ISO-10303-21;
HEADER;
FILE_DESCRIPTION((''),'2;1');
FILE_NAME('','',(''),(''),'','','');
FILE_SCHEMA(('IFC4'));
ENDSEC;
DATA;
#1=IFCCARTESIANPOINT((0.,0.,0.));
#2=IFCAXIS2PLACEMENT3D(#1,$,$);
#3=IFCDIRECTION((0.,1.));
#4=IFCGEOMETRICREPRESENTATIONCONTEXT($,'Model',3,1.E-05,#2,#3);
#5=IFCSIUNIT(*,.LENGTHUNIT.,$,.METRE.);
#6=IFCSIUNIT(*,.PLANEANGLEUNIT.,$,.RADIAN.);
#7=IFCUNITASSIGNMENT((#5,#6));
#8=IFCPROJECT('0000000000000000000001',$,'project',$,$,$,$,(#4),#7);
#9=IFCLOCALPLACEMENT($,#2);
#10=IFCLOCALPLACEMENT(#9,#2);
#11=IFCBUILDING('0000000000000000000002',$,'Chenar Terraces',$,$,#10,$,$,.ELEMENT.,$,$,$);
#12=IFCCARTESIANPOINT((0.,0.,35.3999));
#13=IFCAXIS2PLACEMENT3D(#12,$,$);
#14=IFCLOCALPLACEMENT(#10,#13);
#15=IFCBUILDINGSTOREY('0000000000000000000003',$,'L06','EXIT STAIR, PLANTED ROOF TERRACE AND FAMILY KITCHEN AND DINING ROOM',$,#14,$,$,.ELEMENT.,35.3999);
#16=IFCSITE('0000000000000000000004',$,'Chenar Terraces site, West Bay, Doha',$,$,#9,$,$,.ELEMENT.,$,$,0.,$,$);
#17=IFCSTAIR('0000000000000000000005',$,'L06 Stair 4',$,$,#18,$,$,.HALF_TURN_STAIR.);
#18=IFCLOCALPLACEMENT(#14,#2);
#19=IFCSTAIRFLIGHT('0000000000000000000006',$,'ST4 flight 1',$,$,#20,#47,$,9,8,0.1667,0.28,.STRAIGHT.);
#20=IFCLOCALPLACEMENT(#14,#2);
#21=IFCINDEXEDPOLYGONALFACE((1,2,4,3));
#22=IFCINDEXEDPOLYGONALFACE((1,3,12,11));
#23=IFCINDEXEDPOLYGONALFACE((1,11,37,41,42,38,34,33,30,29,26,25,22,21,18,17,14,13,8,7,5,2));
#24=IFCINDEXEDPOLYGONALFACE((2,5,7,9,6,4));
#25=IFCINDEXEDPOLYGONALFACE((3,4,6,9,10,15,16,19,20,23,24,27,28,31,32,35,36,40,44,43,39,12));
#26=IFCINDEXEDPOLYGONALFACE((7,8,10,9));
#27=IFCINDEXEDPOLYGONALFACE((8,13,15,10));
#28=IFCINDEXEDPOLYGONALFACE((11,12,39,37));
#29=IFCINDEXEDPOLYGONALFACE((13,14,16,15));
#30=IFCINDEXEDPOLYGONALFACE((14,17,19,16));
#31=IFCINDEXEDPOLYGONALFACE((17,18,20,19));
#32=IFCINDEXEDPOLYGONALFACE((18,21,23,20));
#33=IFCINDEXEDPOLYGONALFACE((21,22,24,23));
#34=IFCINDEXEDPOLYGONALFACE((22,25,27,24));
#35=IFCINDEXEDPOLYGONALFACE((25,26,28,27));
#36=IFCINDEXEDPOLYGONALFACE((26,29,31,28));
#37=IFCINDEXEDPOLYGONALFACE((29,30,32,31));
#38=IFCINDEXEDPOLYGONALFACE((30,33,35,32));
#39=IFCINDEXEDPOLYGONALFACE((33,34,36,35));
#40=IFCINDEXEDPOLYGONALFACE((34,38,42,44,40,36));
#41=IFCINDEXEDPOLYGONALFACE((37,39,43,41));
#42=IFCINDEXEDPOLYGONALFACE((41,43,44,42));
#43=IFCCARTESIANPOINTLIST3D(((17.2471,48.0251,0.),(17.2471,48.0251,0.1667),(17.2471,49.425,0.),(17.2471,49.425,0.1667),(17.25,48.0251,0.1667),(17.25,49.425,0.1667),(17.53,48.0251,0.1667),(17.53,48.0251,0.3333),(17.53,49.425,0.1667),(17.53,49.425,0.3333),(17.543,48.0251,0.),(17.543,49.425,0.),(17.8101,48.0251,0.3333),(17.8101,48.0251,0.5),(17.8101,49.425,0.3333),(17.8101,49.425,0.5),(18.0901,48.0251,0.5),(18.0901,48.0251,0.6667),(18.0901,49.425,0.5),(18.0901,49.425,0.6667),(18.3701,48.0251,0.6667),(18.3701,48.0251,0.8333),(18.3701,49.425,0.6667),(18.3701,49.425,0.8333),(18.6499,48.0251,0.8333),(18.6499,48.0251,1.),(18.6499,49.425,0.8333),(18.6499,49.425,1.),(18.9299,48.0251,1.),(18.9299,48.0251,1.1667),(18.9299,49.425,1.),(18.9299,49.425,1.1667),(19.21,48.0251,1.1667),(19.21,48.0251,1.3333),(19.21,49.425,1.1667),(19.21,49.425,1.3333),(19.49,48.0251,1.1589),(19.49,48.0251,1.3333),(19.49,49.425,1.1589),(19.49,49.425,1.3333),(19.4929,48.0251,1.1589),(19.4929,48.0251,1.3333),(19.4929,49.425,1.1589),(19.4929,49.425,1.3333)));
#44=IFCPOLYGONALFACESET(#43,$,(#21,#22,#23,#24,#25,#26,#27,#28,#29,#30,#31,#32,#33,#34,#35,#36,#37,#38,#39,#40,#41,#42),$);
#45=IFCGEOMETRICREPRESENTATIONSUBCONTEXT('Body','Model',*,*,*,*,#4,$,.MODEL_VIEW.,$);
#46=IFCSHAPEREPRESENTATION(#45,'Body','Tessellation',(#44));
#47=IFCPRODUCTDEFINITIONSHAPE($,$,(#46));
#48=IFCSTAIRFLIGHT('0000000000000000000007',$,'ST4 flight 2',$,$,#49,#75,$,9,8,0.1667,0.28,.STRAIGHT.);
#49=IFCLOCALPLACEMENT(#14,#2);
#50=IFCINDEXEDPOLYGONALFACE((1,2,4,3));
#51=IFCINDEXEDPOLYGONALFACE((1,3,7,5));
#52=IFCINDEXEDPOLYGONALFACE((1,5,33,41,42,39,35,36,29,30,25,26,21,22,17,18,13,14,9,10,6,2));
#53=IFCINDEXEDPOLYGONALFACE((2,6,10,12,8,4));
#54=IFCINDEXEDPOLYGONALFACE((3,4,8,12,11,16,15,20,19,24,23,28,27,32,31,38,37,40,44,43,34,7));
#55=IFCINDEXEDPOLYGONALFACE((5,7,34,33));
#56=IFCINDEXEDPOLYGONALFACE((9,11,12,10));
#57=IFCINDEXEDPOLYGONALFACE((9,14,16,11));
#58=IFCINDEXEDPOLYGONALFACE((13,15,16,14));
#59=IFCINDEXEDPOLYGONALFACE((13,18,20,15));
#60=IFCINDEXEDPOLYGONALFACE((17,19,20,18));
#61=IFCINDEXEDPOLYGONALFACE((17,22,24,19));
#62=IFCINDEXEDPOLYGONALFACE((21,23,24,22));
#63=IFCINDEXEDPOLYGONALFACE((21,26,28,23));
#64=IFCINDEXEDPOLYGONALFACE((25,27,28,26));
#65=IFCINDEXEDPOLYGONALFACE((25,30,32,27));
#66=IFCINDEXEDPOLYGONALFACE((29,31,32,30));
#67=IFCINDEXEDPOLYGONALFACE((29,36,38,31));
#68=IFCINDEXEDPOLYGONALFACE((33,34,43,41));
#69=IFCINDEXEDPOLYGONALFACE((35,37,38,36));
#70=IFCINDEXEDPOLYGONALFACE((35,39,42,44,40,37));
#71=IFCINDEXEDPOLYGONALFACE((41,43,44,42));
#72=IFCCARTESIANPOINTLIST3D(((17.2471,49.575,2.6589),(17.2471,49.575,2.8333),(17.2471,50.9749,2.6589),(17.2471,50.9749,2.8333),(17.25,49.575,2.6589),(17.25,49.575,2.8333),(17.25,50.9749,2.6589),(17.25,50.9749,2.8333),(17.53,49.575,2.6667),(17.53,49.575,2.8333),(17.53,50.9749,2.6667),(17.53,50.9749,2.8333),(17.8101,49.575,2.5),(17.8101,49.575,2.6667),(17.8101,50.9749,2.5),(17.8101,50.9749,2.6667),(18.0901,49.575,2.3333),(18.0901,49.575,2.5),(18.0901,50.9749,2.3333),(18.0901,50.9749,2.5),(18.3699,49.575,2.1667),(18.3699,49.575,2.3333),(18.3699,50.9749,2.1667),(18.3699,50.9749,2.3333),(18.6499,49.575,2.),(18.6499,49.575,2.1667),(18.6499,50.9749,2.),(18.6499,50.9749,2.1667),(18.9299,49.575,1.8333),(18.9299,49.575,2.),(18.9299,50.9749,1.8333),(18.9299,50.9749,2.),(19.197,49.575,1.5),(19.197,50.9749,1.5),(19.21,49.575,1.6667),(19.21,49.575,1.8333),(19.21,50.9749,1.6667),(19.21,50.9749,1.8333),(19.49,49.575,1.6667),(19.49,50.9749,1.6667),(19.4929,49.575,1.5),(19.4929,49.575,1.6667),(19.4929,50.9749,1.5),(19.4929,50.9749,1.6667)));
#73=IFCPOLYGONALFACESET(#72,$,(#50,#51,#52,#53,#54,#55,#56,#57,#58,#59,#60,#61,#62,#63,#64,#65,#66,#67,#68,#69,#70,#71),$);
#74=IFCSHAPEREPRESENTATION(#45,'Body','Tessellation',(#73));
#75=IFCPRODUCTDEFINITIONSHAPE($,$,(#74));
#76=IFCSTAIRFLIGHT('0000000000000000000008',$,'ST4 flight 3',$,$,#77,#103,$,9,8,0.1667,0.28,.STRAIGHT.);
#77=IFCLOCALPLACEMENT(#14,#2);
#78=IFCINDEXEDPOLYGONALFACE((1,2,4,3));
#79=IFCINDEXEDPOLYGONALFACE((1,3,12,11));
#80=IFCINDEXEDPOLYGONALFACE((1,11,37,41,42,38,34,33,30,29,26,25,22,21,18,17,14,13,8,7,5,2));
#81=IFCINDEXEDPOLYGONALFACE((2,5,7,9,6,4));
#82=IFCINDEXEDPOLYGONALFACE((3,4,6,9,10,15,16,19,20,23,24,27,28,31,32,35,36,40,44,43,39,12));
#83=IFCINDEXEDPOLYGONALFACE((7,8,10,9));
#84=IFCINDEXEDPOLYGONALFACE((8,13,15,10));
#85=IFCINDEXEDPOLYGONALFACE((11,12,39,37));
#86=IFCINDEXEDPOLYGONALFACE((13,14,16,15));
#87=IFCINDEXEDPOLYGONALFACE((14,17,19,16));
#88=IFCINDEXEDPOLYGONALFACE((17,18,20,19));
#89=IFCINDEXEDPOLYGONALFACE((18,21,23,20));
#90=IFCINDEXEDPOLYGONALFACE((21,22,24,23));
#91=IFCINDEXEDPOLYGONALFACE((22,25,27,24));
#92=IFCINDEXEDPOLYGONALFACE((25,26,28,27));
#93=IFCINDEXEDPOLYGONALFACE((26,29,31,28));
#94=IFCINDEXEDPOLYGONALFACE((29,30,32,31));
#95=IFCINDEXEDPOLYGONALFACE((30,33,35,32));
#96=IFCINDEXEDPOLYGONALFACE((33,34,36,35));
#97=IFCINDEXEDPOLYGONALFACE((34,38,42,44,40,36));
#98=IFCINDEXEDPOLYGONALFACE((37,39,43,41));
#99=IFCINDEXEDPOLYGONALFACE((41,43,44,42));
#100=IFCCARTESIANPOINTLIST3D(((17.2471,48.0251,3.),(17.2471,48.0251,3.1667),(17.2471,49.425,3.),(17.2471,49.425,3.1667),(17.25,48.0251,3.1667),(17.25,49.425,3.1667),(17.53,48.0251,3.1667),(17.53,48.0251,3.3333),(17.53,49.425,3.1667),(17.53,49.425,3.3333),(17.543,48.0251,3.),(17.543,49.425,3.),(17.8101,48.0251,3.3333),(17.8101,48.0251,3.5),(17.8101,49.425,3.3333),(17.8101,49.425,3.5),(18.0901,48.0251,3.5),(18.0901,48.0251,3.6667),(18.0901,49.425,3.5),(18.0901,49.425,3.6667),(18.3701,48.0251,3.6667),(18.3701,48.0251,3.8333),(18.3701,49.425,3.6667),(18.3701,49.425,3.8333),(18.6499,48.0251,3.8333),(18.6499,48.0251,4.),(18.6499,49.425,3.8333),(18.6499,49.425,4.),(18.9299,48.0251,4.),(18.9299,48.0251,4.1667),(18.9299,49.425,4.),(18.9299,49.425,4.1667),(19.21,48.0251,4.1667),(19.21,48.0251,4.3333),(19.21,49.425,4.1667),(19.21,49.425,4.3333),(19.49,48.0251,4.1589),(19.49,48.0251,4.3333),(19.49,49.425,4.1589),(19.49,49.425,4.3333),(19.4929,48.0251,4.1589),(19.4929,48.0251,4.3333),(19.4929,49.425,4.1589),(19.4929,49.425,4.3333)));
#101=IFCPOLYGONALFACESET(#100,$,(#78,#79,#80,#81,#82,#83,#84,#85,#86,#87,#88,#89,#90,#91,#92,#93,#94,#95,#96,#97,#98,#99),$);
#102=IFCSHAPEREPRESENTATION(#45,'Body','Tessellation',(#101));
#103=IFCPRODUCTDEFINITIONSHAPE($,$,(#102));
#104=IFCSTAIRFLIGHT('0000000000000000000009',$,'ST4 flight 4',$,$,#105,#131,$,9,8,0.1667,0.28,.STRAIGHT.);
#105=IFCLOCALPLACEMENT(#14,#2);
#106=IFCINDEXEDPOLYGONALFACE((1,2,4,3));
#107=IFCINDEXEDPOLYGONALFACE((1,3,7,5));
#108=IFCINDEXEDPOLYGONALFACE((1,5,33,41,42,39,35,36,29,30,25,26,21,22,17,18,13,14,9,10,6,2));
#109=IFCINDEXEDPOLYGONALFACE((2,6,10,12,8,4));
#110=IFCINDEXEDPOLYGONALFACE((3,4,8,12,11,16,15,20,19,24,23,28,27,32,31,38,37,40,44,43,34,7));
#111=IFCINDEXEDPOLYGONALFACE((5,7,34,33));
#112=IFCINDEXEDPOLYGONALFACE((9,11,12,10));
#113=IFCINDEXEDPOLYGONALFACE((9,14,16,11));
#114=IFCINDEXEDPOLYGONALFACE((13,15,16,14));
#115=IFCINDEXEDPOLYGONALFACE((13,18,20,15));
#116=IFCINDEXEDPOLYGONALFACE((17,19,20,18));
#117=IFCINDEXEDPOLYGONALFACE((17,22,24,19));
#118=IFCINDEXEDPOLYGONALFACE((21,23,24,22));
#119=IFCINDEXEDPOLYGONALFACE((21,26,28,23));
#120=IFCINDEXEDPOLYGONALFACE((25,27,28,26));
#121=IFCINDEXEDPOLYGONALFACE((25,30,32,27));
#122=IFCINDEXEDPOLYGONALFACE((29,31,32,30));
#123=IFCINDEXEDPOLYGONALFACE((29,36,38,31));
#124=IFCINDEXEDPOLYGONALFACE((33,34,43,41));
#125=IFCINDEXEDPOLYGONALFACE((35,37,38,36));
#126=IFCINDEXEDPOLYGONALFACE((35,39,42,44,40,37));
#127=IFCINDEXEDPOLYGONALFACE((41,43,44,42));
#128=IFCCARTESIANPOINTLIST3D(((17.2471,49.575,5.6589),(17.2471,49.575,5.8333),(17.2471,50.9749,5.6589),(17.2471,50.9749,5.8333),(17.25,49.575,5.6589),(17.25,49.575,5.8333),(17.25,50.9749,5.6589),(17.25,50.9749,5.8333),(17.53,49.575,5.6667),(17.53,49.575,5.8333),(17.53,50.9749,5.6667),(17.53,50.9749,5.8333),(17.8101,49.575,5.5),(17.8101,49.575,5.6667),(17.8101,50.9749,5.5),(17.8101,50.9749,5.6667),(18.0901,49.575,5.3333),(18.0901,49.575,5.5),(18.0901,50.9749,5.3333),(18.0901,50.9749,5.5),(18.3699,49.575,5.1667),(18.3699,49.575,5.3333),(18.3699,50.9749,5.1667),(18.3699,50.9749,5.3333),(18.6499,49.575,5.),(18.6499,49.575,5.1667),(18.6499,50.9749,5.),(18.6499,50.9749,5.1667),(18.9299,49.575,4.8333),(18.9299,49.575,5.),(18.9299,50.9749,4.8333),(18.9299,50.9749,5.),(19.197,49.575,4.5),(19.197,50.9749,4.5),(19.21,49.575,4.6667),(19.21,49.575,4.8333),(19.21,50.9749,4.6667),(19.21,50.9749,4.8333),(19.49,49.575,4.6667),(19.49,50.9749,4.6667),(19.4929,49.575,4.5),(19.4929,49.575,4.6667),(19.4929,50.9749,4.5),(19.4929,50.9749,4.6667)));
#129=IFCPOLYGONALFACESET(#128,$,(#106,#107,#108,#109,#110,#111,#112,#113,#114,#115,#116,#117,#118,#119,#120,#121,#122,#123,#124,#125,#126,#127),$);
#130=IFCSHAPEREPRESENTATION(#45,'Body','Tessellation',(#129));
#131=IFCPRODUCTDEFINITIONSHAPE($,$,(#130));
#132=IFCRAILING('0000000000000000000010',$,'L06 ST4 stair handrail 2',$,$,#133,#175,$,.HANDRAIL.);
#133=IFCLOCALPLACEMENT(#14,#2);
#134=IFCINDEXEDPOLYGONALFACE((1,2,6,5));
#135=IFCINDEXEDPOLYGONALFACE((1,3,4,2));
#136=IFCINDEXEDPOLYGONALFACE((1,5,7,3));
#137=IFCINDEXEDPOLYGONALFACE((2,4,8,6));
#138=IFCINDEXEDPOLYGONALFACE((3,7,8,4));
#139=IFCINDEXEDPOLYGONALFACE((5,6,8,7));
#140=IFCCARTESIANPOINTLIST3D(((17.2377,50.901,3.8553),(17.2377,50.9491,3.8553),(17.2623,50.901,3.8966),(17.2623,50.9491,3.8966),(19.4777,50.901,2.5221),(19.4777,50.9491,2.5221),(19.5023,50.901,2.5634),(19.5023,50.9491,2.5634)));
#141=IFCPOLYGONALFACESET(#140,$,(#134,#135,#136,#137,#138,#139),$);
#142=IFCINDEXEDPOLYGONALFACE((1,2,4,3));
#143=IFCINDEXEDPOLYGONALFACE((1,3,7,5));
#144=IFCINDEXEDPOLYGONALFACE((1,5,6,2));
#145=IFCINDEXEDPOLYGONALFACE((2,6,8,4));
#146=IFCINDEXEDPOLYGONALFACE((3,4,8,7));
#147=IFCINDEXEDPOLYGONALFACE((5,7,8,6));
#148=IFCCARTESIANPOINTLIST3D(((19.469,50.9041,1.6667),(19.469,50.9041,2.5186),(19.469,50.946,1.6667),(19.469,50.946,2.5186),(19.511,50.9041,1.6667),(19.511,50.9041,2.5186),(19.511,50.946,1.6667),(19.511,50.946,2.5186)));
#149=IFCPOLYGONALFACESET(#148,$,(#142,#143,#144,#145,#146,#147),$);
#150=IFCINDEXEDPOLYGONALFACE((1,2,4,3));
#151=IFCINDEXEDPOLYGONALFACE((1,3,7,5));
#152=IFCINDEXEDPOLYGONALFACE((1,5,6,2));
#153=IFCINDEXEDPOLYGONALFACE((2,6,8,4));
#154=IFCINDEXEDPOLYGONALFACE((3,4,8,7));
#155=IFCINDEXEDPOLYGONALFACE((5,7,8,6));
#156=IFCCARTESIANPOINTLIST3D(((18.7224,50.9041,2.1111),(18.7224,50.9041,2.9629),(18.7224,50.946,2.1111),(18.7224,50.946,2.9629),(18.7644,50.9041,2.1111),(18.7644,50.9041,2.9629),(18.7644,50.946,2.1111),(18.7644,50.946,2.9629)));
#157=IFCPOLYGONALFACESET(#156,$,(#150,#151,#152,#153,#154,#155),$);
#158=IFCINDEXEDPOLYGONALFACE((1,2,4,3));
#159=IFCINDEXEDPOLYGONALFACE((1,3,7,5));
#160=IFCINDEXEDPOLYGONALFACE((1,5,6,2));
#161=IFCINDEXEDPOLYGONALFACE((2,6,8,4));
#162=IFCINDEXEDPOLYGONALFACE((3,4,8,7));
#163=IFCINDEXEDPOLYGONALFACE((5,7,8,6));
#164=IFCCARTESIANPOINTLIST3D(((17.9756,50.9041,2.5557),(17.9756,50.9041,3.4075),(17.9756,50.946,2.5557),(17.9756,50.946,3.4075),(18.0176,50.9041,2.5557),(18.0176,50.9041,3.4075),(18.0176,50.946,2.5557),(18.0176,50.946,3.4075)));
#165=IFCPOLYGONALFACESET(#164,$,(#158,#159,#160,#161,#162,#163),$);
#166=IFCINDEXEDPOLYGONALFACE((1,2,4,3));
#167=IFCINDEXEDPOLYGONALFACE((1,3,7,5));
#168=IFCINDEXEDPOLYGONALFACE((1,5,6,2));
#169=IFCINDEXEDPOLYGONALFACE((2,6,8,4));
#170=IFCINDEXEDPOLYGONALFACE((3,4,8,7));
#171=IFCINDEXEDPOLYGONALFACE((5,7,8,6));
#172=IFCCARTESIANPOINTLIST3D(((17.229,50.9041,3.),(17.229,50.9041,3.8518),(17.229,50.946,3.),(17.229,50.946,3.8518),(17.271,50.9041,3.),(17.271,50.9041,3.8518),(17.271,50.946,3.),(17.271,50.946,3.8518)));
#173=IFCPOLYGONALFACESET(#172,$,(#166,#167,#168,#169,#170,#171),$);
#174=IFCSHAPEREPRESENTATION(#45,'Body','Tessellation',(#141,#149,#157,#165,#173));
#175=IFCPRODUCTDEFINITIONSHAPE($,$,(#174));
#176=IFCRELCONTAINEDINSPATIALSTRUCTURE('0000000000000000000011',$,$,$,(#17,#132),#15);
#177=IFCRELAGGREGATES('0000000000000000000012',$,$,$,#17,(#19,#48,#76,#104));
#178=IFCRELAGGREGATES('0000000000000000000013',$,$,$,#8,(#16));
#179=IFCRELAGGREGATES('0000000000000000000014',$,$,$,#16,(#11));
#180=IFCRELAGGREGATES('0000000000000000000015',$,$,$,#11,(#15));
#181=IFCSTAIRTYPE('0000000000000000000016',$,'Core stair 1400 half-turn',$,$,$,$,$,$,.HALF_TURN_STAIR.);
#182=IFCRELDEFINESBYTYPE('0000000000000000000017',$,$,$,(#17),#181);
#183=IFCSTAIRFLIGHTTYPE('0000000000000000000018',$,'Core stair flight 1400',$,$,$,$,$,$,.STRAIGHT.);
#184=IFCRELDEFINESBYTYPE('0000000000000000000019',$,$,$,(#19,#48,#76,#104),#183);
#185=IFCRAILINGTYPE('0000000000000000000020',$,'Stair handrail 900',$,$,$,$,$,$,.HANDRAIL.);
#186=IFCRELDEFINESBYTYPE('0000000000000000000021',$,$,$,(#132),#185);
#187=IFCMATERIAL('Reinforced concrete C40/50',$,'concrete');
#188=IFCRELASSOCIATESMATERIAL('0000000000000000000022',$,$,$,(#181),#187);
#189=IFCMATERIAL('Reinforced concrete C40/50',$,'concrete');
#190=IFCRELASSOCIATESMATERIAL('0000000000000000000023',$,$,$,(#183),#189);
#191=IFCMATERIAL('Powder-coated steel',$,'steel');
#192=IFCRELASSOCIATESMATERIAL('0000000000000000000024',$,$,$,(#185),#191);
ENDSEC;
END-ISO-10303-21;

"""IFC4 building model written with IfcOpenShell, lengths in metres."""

from ifc_helpers import new_model, si_unit, direction, frame, origin, origin_2d, place, context, subcontext, project, spatial, polyline, rectangle, outline, extrude, material, type_object, element, aggregate, save


model = new_model("IFC4")

# Units and contexts
model_context = context("Model", 3, precision=1e-05, world=origin(), true_north=direction((0.0, 1.0)))
body_context = subcontext(model_context, "Body", "Model", "MODEL_VIEW")
ifc_project = project(units=[si_unit("LENGTHUNIT", "METRE"), si_unit("PLANEANGLEUNIT", "RADIAN")], contexts=[model_context])

# Site, building, storey
site_placement = place(None, origin())
site = spatial("IfcSite", under=ifc_project, at=site_placement, Name="Chenar Terraces site, West Bay, Doha", CompositionType="ELEMENT", RefElevation=0.0)
building_placement = place(site_placement, origin())
building = spatial("IfcBuilding", under=site, at=building_placement, Name="Chenar Terraces", CompositionType="ELEMENT")
storey_placement = place(building_placement, frame((0.0, 0.0, 35.3999)))
storey = spatial("IfcBuildingStorey", under=building, at=storey_placement, Name="L06", Description="EXIT STAIR, PLANTED ROOF TERRACE AND FAMILY KITCHEN AND DINING ROOM", CompositionType="ELEMENT", Elevation=35.3999)

# Stair, stair flights
ifc_material_1 = material(Name="Reinforced concrete C40/50", Category="concrete")
stair_type = type_object("IfcStairType", Name="Core stair 1400 half-turn", PredefinedType="HALF_TURN_STAIR", material=ifc_material_1)
stair_placement = place(storey_placement, origin())
stair = element("IfcStair", 1, at=stair_placement, inside=storey, type_object=stair_type, Name="L06 Stair 4", PredefinedType="HALF_TURN_STAIR")
ifc_material_2 = material(Name="Reinforced concrete C40/50", Category="concrete")
stair_flight_type = type_object("IfcStairFlightType", Name="Core stair flight 1400", PredefinedType="STRAIGHT", material=ifc_material_2)
stair_flight_1_placement = place(storey_placement, frame((17.25, 48.7251, 0.0), z_axis=(0.0, 0.0, 1.0), x_axis=(1.0, 0.0, 0.0)))
stair_flight_1 = element("IfcStairFlight", 2, at=stair_flight_1_placement, type_object=stair_flight_type, Name="ST4 flight 1", NumberOfRisers=9, NumberOfTreads=8, PredefinedType="STRAIGHT", RiserHeight=0.1667, TreadLength=0.28, context=body_context, shape_type="SweptSolid", body=[
    extrude(outline(polyline([(-0.0029, 0.0), (-0.0029, 0.1667), (0.0, 0.1667), (0.28, 0.1667), (0.28, 0.3333), (0.5601, 0.3333), (0.5601, 0.5), (0.8401, 0.5), (0.8401, 0.6667), (1.1201, 0.6667), (1.1201, 0.8333), (1.3999, 0.8333), (1.3999, 1.0), (1.6799, 1.0), (1.6799, 1.1667), (1.96, 1.1667), (1.96, 1.3333), (2.24, 1.3333), (2.2429, 1.3333), (2.2429, 1.1589), (2.24, 1.1589), (0.293, 0.0), (-0.0029, 0.0)])), frame((0.0, 0.7, 0.0), z_axis=(0.0, -1.0, 0.0), x_axis=(1.0, 0.0, 0.0)), (0.0, 0.0, 1.0), 1.3999),
])
stair_flight_2_placement = place(storey_placement, frame((19.49, 50.2749, 1.5), z_axis=(0.0, 0.0, 1.0), x_axis=(-1.0, 0.0, 0.0)))
stair_flight_2 = element("IfcStairFlight", 3, at=stair_flight_2_placement, type_object=stair_flight_type, Name="ST4 flight 2", NumberOfRisers=9, NumberOfTreads=8, PredefinedType="STRAIGHT", RiserHeight=0.1667, TreadLength=0.28, context=body_context, shape_type="SweptSolid", body=[
    extrude(outline(polyline([(-0.0029, 0.0), (-0.0029, 0.1667), (0.0, 0.1667), (0.28, 0.1667), (0.28, 0.3333), (0.5601, 0.3333), (0.5601, 0.5), (0.8401, 0.5), (0.8401, 0.6667), (1.1201, 0.6667), (1.1201, 0.8333), (1.3999, 0.8333), (1.3999, 1.0), (1.6799, 1.0), (1.6799, 1.1667), (1.96, 1.1667), (1.96, 1.3333), (2.24, 1.3333), (2.2429, 1.3333), (2.2429, 1.1589), (2.24, 1.1589), (0.293, 0.0), (-0.0029, 0.0)])), frame((0.0, 0.7, 0.0), z_axis=(0.0, -1.0, 0.0), x_axis=(1.0, 0.0, 0.0)), (0.0, 0.0, 1.0), 1.3999),
])
stair_flight_3_placement = place(storey_placement, frame((17.25, 48.7251, 3.0), z_axis=(0.0, 0.0, 1.0), x_axis=(1.0, 0.0, 0.0)))
stair_flight_3 = element("IfcStairFlight", 4, at=stair_flight_3_placement, type_object=stair_flight_type, Name="ST4 flight 3", NumberOfRisers=9, NumberOfTreads=8, PredefinedType="STRAIGHT", RiserHeight=0.1667, TreadLength=0.28, context=body_context, shape_type="SweptSolid", body=[
    extrude(outline(polyline([(-0.0029, 0.0), (-0.0029, 0.1667), (0.0, 0.1667), (0.28, 0.1667), (0.28, 0.3333), (0.5601, 0.3333), (0.5601, 0.5), (0.8401, 0.5), (0.8401, 0.6667), (1.1201, 0.6667), (1.1201, 0.8333), (1.3999, 0.8333), (1.3999, 1.0), (1.6799, 1.0), (1.6799, 1.1667), (1.96, 1.1667), (1.96, 1.3333), (2.24, 1.3333), (2.2429, 1.3333), (2.2429, 1.1589), (2.24, 1.1589), (0.293, 0.0), (-0.0029, 0.0)])), frame((0.0, 0.7, 0.0), z_axis=(0.0, -1.0, 0.0), x_axis=(1.0, 0.0, 0.0)), (0.0, 0.0, 1.0), 1.3999),
])
stair_flight_4_placement = place(storey_placement, frame((19.49, 50.2749, 4.5), z_axis=(0.0, 0.0, 1.0), x_axis=(-1.0, 0.0, 0.0)))
stair_flight_4 = element("IfcStairFlight", 5, at=stair_flight_4_placement, type_object=stair_flight_type, Name="ST4 flight 4", NumberOfRisers=9, NumberOfTreads=8, PredefinedType="STRAIGHT", RiserHeight=0.1667, TreadLength=0.28, context=body_context, shape_type="SweptSolid", body=[
    extrude(outline(polyline([(-0.0029, 0.0), (-0.0029, 0.1667), (0.0, 0.1667), (0.28, 0.1667), (0.28, 0.3333), (0.5601, 0.3333), (0.5601, 0.5), (0.8401, 0.5), (0.8401, 0.6667), (1.1201, 0.6667), (1.1201, 0.8333), (1.3999, 0.8333), (1.3999, 1.0), (1.6799, 1.0), (1.6799, 1.1667), (1.96, 1.1667), (1.96, 1.3333), (2.24, 1.3333), (2.2429, 1.3333), (2.2429, 1.1589), (2.24, 1.1589), (0.293, 0.0), (-0.0029, 0.0)])), frame((0.0, 0.7, 0.0), z_axis=(0.0, -1.0, 0.0), x_axis=(1.0, 0.0, 0.0)), (0.0, 0.0, 1.0), 1.3999),
])
aggregate(stair, [stair_flight_1, stair_flight_2, stair_flight_3, stair_flight_4])

# Railing
ifc_material_3 = material(Name="Powder-coated steel", Category="steel")
railing_type_1 = type_object("IfcRailingType", Name="Stair handrail 900", PredefinedType="HANDRAIL", material=ifc_material_3)
for number, where, name in (
    (6, (19.49, 50.925, 1.6667), "L06 ST4 stair handrail 2"),
):
    element("IfcRailing", number, at=place(storey_placement, frame(where)), inside=storey, type_object=railing_type_1, Name=name, PredefinedType="HANDRAIL", context=body_context, shape_type="SweptSolid", body=[
        extrude(rectangle(XDim=0.0481, YDim=0.0481, at=origin_2d()), frame((0.0, 0.0, 0.876), z_axis=(-0.859306, 0.0, 0.511462), x_axis=(0.0, -1.0, 0.0)), (0.0, 0.0, 1.0), 2.6067),
        extrude(rectangle(XDim=0.042, YDim=0.042, at=origin_2d()), origin(), (0.0, 0.0, 1.0), 0.8518),
        extrude(rectangle(XDim=0.042, YDim=0.042, at=origin_2d()), frame((-0.7466, 0.0, 0.4443)), (0.0, 0.0, 1.0), 0.8518),
        extrude(rectangle(XDim=0.042, YDim=0.042, at=origin_2d()), frame((-1.4934, 0.0, 0.8889)), (0.0, 0.0, 1.0), 0.8518),
        extrude(rectangle(XDim=0.042, YDim=0.042, at=origin_2d()), frame((-2.24, 0.0, 1.3333)), (0.0, 0.0, 1.0), 0.8518),
    ])

save(model, "model.ifc")
